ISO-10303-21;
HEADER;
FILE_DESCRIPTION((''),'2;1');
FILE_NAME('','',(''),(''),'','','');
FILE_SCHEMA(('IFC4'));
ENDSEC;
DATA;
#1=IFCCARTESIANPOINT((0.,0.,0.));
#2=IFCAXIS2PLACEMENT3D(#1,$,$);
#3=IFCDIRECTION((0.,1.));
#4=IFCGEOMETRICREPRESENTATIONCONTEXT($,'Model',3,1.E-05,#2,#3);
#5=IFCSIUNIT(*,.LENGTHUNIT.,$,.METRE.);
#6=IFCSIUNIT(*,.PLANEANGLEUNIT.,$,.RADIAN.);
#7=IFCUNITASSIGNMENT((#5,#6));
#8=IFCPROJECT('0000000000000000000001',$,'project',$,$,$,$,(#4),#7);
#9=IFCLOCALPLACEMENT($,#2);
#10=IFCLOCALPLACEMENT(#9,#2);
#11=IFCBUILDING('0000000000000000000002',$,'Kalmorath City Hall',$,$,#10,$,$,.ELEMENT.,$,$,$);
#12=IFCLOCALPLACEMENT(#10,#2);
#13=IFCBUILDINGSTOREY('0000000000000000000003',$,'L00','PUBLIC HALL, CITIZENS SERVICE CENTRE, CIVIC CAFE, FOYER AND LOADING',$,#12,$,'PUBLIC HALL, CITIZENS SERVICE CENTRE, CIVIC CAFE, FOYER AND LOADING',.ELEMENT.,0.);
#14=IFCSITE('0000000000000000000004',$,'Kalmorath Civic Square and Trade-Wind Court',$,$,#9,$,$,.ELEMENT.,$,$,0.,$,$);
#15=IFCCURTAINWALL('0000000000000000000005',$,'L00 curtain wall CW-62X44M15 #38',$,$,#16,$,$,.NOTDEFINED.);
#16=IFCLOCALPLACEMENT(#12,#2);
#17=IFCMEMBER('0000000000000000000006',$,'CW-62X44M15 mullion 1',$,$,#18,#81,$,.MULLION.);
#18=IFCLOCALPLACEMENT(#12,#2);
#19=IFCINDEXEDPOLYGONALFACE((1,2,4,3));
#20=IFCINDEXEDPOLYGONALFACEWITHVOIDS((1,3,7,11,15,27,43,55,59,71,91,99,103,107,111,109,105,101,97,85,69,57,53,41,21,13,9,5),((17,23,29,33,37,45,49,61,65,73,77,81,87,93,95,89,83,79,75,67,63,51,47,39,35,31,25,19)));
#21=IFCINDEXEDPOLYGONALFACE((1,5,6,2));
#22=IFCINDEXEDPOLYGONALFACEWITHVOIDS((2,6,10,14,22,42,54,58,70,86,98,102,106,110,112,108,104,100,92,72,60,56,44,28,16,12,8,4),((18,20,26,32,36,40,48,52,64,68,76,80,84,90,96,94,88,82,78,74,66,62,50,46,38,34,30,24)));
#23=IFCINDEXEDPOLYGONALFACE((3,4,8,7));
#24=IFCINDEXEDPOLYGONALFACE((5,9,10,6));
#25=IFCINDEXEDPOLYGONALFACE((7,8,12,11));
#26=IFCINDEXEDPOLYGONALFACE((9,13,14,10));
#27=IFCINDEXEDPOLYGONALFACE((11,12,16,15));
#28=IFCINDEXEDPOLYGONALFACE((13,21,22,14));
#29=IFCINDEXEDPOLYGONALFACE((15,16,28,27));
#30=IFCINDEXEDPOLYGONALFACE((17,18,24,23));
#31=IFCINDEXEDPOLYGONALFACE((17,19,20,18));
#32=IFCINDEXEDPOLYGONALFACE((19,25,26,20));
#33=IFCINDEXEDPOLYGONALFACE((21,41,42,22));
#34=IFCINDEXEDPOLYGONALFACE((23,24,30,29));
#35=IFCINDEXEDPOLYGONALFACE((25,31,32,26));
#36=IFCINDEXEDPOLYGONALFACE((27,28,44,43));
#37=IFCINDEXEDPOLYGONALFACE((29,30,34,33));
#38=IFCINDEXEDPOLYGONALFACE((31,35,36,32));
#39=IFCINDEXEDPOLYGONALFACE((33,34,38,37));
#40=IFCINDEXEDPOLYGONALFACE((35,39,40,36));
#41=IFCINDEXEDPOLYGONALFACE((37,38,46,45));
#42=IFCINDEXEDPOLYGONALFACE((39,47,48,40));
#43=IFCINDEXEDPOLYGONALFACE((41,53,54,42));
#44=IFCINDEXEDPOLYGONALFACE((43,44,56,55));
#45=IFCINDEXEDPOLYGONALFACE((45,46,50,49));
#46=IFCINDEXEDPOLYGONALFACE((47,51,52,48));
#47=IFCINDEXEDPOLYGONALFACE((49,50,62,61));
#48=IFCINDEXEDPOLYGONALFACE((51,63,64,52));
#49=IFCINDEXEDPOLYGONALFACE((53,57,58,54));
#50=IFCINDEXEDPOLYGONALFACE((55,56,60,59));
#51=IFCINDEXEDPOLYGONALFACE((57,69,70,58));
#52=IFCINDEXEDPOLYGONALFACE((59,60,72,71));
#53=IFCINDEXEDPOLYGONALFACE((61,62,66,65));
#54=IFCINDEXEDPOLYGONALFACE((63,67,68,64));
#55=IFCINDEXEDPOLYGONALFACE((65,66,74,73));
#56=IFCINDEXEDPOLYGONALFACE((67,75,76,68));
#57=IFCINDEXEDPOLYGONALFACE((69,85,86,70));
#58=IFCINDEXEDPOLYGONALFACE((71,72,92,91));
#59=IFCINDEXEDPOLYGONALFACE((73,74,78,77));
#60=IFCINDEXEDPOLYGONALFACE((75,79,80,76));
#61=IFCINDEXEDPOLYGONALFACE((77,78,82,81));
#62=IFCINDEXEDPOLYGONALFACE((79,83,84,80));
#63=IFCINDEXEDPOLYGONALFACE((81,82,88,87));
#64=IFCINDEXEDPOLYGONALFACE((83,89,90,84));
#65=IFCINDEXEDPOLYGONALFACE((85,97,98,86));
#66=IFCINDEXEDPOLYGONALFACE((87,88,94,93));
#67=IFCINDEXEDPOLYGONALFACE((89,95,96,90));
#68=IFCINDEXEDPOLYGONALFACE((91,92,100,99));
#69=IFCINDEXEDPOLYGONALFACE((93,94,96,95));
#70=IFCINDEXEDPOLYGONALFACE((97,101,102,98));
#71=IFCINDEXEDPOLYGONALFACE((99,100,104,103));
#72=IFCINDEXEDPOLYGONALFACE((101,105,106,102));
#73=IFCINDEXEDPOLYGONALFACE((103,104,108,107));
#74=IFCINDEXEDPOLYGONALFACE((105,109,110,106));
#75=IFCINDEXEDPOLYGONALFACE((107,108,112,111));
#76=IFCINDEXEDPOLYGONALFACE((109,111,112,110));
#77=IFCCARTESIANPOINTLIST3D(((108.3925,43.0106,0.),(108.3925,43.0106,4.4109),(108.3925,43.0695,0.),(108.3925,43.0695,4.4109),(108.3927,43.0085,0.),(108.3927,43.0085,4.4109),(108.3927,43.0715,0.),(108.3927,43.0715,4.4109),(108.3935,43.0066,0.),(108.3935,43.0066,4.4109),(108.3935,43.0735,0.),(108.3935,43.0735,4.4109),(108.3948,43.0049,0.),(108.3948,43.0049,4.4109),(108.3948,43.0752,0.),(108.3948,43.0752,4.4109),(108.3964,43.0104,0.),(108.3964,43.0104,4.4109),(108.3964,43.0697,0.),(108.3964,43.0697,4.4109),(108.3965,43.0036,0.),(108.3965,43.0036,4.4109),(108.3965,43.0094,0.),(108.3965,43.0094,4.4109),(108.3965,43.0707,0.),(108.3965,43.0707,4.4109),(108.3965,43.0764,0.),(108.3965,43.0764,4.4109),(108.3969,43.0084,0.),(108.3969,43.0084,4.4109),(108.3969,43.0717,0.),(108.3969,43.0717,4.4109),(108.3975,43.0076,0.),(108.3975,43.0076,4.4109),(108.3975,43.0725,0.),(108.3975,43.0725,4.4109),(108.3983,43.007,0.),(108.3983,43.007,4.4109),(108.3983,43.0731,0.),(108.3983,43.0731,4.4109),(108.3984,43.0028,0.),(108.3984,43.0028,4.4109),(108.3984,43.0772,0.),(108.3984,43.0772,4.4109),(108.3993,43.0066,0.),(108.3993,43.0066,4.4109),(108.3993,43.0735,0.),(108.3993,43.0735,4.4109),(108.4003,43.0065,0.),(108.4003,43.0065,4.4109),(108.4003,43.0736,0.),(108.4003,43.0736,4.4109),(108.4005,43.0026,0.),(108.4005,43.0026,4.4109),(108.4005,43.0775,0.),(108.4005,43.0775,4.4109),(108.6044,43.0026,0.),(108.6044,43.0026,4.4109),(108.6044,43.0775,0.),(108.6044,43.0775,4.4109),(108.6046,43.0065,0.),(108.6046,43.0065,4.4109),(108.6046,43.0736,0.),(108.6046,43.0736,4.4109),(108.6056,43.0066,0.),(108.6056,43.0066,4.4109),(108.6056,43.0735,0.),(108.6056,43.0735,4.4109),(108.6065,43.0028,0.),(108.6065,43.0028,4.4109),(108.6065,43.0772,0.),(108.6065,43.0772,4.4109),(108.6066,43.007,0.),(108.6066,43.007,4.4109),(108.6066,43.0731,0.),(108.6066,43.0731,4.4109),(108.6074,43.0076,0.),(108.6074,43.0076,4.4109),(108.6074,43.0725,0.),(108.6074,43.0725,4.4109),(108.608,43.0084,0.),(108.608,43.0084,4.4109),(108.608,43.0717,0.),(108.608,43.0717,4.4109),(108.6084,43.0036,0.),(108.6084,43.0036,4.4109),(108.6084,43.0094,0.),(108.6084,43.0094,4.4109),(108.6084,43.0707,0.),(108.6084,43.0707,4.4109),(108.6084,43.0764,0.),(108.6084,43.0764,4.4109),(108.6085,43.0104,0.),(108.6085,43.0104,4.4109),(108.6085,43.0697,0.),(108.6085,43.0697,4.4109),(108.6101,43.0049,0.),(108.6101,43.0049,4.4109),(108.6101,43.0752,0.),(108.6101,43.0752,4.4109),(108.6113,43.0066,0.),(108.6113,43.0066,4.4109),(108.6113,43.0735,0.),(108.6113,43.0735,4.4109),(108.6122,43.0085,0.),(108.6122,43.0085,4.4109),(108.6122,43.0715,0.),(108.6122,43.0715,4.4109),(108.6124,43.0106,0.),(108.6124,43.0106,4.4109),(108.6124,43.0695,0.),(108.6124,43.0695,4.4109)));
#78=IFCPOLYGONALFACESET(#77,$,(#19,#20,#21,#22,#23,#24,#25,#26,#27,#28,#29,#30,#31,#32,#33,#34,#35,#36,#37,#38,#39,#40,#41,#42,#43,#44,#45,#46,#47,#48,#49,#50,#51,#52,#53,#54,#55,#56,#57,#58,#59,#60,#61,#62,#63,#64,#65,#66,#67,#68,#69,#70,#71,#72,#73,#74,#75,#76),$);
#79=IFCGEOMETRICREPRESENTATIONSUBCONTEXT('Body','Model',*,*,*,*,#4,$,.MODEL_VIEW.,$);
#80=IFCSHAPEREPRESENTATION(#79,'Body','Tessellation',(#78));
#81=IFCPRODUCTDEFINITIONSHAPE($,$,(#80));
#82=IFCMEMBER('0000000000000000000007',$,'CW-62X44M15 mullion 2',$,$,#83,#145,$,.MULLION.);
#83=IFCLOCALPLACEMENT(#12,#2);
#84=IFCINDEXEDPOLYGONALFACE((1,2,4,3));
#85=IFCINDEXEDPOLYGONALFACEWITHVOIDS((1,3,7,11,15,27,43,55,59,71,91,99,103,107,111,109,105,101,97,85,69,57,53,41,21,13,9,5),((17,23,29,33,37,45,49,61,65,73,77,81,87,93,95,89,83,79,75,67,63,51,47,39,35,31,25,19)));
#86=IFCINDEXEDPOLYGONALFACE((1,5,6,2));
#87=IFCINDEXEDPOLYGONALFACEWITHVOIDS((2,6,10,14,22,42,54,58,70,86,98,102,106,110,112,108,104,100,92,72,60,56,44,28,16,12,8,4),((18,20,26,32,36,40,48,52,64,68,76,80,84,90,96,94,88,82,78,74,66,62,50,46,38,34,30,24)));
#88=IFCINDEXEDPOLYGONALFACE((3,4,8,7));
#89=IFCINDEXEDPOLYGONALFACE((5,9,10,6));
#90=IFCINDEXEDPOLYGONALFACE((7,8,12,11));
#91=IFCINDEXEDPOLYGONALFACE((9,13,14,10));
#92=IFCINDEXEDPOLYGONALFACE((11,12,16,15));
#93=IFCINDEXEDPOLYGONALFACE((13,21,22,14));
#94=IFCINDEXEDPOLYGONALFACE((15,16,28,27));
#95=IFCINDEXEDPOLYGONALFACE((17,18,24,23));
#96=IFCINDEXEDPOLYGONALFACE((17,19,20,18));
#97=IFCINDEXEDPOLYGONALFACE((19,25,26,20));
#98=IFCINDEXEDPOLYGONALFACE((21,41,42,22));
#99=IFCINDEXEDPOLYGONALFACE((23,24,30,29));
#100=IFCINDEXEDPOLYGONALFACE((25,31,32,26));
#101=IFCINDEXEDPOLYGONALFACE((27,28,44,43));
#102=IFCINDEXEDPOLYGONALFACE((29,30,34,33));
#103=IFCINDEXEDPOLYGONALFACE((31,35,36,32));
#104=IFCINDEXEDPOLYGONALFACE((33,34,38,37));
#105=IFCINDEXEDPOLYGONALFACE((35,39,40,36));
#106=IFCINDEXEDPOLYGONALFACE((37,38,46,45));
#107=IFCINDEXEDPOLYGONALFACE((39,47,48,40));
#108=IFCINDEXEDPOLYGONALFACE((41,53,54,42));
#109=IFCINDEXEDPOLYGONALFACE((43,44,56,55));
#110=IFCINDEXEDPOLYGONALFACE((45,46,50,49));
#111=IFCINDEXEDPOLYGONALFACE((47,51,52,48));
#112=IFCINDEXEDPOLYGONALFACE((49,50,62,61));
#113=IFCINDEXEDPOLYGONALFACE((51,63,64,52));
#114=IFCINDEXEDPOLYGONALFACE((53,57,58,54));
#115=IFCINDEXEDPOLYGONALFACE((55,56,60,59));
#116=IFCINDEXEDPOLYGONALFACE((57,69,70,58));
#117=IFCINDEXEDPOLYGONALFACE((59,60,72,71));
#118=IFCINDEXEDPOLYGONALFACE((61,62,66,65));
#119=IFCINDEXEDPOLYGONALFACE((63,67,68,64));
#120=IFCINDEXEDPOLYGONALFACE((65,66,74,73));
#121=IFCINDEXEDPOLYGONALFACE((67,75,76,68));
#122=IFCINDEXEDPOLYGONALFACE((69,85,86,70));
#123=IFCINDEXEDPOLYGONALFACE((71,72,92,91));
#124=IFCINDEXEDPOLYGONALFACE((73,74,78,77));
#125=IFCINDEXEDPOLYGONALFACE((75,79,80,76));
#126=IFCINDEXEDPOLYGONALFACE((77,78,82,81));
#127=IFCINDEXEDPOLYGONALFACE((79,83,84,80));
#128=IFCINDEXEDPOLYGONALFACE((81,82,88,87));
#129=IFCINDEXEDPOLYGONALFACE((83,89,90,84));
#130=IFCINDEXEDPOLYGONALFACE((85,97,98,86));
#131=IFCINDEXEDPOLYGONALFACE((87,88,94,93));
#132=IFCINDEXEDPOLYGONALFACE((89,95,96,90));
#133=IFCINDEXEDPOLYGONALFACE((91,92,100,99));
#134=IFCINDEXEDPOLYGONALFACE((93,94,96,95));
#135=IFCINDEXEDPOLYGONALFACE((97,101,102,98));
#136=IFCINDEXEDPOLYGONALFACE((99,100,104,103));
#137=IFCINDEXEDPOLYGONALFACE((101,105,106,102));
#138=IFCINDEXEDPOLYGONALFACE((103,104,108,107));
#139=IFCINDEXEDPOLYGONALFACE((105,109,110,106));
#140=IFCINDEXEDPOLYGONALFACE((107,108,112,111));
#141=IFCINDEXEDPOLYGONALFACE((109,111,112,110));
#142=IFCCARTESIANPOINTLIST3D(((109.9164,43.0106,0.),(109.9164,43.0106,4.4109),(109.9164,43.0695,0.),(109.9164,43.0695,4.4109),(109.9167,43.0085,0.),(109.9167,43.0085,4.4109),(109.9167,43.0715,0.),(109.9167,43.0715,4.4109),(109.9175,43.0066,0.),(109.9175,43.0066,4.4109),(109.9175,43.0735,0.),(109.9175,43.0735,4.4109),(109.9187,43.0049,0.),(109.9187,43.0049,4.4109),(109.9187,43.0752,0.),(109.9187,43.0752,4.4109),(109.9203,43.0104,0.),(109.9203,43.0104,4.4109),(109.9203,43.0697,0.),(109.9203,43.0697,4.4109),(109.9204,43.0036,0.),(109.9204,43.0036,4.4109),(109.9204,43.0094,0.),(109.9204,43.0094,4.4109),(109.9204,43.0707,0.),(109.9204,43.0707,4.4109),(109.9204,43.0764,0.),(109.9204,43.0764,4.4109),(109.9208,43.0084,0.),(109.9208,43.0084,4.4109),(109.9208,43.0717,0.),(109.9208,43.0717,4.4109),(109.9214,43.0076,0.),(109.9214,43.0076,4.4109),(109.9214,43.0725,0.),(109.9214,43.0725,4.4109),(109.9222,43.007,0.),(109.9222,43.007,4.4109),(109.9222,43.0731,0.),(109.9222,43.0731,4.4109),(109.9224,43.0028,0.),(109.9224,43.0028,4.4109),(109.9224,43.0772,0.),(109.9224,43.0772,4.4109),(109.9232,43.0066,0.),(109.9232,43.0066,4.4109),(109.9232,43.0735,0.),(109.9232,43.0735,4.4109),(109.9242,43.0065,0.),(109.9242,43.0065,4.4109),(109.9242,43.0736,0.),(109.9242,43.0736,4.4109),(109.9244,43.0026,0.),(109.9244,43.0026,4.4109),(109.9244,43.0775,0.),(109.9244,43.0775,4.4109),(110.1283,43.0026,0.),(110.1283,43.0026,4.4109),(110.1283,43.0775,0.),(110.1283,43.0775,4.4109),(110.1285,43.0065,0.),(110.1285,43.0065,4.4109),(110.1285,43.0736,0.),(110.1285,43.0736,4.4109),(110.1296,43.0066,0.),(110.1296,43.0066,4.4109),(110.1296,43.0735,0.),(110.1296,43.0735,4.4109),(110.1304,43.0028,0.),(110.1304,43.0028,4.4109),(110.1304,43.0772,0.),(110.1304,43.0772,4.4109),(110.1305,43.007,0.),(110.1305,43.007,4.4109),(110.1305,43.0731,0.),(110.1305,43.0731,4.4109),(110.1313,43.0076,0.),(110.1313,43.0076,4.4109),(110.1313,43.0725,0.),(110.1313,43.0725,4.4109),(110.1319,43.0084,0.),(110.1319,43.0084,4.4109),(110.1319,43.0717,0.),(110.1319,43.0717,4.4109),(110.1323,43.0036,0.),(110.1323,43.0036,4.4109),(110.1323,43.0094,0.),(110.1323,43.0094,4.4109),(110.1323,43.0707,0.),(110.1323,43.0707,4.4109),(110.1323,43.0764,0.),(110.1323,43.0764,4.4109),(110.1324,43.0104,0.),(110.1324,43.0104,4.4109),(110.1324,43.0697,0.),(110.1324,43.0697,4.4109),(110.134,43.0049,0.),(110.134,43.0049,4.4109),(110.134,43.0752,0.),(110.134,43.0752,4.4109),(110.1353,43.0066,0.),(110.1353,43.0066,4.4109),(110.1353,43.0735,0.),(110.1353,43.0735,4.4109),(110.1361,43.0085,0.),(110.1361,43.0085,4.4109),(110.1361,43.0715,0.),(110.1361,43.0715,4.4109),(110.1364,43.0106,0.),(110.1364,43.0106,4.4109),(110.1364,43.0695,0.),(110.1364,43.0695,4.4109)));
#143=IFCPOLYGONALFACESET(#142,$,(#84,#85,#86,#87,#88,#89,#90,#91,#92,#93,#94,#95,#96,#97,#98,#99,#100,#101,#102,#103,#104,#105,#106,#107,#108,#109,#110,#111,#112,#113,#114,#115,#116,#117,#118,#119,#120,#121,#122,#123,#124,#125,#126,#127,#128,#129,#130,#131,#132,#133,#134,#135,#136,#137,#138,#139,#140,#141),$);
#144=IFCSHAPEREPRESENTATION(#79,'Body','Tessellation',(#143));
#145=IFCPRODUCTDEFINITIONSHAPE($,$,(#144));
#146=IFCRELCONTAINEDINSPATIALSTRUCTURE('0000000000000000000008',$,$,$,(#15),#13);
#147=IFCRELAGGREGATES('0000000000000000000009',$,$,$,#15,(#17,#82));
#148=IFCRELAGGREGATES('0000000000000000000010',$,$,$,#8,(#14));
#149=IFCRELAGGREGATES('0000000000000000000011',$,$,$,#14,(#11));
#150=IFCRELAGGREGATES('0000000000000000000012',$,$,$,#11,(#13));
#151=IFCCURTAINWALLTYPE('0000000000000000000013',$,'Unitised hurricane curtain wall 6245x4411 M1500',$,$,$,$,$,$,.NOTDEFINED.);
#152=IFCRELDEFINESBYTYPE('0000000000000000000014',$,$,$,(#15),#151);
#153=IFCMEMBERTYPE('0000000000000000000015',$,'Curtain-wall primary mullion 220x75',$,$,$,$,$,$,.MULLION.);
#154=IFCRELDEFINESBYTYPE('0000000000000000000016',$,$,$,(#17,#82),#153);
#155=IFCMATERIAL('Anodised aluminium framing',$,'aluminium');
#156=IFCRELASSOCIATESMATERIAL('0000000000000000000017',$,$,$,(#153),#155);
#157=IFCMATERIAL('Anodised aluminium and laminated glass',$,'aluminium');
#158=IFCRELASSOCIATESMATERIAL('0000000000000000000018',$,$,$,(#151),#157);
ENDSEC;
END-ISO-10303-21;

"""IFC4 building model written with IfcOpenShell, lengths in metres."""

from ifc_helpers import new_model, si_unit, direction, frame, origin, origin_2d, place, context, subcontext, project, spatial, hollow_rectangle, extrude, material, material_profile, profile_set, type_object, element, aggregate, save


model = new_model("IFC4")

# Units and contexts
model_context = context("Model", 3, precision=1e-05, world=origin(), true_north=direction((0.0, 1.0)))
body_context = subcontext(model_context, "Body", "Model", "MODEL_VIEW")
ifc_project = project(units=[si_unit("LENGTHUNIT", "METRE"), si_unit("PLANEANGLEUNIT", "RADIAN")], contexts=[model_context])

# Site, building, storey
site_placement = place(None, origin())
site = spatial("IfcSite", under=ifc_project, at=site_placement, Name="Kalmorath Civic Square and Trade-Wind Court", CompositionType="ELEMENT", RefElevation=0.0)
building_placement = place(site_placement, origin())
building = spatial("IfcBuilding", under=site, at=building_placement, Name="Kalmorath City Hall", CompositionType="ELEMENT")
storey_placement = place(building_placement, origin())
storey = spatial("IfcBuildingStorey", under=building, at=storey_placement, Name="L00", Description="PUBLIC HALL, CITIZENS SERVICE CENTRE, CIVIC CAFE, FOYER AND LOADING", LongName="PUBLIC HALL, CITIZENS SERVICE CENTRE, CIVIC CAFE, FOYER AND LOADING", CompositionType="ELEMENT", Elevation=0.0)

# Shared definitions
ifc_material_1 = material(Name="Anodised aluminium framing", Category="aluminium")
ifc_material_profile_1 = material_profile(ifc_material_1, hollow_rectangle(XDim=0.075, YDim=0.22, WallThickness=0.0039, InnerFilletRadius=0.0039, OuterFilletRadius=0.0081, at=origin_2d()), Name="ALU-MUL-220X75X4")
ifc_profile_set_1 = profile_set([ifc_material_profile_1], Name="Anodised aluminium framing")
member_type_1 = type_object("IfcMemberType", Name="Curtain-wall primary mullion 220x75", PredefinedType="MULLION", material=ifc_profile_set_1)

# Curtain wall, members
ifc_material_2 = material(Name="Anodised aluminium and laminated glass", Category="aluminium")
curtain_wall_type_1 = type_object("IfcCurtainWallType", Name="Unitised hurricane curtain wall 6245x4411 M1500", PredefinedType="NOTDEFINED", material=ifc_material_2)
curtain_wall_1_placement = place(storey_placement, origin())
curtain_wall_1 = element("IfcCurtainWall", 1, at=curtain_wall_1_placement, inside=storey, type_object=curtain_wall_type_1, Name="L00 curtain wall CW-62X44M15 #38", PredefinedType="NOTDEFINED")
member_1_placement = place(storey_placement, frame((108.5024, 43.04, 0.0), z_axis=(0.0, 0.0, 1.0), x_axis=(0.0, 1.0, 0.0)))
member_1 = element("IfcMember", 2, at=member_1_placement, type_object=member_type_1, Name="CW-62X44M15 mullion 1", PredefinedType="MULLION", context=body_context, shape_type="SweptSolid", body=[
    extrude(hollow_rectangle(XDim=0.075, YDim=0.22, WallThickness=0.0039, InnerFilletRadius=0.0039, OuterFilletRadius=0.0081, at=origin_2d()), origin(), (0.0, 0.0, 1.0), 4.4109),
])
member_2_placement = place(storey_placement, frame((110.0264, 43.04, 0.0), z_axis=(0.0, 0.0, 1.0), x_axis=(0.0, 1.0, 0.0)))
member_2 = element("IfcMember", 3, at=member_2_placement, type_object=member_type_1, Name="CW-62X44M15 mullion 2", PredefinedType="MULLION", context=body_context, shape_type="SweptSolid", body=[
    extrude(hollow_rectangle(XDim=0.075, YDim=0.22, WallThickness=0.0039, InnerFilletRadius=0.0039, OuterFilletRadius=0.0081, at=origin_2d()), origin(), (0.0, 0.0, 1.0), 4.4109),
])

aggregate(curtain_wall_1, [member_1, member_2])

save(model, "model.ifc")
